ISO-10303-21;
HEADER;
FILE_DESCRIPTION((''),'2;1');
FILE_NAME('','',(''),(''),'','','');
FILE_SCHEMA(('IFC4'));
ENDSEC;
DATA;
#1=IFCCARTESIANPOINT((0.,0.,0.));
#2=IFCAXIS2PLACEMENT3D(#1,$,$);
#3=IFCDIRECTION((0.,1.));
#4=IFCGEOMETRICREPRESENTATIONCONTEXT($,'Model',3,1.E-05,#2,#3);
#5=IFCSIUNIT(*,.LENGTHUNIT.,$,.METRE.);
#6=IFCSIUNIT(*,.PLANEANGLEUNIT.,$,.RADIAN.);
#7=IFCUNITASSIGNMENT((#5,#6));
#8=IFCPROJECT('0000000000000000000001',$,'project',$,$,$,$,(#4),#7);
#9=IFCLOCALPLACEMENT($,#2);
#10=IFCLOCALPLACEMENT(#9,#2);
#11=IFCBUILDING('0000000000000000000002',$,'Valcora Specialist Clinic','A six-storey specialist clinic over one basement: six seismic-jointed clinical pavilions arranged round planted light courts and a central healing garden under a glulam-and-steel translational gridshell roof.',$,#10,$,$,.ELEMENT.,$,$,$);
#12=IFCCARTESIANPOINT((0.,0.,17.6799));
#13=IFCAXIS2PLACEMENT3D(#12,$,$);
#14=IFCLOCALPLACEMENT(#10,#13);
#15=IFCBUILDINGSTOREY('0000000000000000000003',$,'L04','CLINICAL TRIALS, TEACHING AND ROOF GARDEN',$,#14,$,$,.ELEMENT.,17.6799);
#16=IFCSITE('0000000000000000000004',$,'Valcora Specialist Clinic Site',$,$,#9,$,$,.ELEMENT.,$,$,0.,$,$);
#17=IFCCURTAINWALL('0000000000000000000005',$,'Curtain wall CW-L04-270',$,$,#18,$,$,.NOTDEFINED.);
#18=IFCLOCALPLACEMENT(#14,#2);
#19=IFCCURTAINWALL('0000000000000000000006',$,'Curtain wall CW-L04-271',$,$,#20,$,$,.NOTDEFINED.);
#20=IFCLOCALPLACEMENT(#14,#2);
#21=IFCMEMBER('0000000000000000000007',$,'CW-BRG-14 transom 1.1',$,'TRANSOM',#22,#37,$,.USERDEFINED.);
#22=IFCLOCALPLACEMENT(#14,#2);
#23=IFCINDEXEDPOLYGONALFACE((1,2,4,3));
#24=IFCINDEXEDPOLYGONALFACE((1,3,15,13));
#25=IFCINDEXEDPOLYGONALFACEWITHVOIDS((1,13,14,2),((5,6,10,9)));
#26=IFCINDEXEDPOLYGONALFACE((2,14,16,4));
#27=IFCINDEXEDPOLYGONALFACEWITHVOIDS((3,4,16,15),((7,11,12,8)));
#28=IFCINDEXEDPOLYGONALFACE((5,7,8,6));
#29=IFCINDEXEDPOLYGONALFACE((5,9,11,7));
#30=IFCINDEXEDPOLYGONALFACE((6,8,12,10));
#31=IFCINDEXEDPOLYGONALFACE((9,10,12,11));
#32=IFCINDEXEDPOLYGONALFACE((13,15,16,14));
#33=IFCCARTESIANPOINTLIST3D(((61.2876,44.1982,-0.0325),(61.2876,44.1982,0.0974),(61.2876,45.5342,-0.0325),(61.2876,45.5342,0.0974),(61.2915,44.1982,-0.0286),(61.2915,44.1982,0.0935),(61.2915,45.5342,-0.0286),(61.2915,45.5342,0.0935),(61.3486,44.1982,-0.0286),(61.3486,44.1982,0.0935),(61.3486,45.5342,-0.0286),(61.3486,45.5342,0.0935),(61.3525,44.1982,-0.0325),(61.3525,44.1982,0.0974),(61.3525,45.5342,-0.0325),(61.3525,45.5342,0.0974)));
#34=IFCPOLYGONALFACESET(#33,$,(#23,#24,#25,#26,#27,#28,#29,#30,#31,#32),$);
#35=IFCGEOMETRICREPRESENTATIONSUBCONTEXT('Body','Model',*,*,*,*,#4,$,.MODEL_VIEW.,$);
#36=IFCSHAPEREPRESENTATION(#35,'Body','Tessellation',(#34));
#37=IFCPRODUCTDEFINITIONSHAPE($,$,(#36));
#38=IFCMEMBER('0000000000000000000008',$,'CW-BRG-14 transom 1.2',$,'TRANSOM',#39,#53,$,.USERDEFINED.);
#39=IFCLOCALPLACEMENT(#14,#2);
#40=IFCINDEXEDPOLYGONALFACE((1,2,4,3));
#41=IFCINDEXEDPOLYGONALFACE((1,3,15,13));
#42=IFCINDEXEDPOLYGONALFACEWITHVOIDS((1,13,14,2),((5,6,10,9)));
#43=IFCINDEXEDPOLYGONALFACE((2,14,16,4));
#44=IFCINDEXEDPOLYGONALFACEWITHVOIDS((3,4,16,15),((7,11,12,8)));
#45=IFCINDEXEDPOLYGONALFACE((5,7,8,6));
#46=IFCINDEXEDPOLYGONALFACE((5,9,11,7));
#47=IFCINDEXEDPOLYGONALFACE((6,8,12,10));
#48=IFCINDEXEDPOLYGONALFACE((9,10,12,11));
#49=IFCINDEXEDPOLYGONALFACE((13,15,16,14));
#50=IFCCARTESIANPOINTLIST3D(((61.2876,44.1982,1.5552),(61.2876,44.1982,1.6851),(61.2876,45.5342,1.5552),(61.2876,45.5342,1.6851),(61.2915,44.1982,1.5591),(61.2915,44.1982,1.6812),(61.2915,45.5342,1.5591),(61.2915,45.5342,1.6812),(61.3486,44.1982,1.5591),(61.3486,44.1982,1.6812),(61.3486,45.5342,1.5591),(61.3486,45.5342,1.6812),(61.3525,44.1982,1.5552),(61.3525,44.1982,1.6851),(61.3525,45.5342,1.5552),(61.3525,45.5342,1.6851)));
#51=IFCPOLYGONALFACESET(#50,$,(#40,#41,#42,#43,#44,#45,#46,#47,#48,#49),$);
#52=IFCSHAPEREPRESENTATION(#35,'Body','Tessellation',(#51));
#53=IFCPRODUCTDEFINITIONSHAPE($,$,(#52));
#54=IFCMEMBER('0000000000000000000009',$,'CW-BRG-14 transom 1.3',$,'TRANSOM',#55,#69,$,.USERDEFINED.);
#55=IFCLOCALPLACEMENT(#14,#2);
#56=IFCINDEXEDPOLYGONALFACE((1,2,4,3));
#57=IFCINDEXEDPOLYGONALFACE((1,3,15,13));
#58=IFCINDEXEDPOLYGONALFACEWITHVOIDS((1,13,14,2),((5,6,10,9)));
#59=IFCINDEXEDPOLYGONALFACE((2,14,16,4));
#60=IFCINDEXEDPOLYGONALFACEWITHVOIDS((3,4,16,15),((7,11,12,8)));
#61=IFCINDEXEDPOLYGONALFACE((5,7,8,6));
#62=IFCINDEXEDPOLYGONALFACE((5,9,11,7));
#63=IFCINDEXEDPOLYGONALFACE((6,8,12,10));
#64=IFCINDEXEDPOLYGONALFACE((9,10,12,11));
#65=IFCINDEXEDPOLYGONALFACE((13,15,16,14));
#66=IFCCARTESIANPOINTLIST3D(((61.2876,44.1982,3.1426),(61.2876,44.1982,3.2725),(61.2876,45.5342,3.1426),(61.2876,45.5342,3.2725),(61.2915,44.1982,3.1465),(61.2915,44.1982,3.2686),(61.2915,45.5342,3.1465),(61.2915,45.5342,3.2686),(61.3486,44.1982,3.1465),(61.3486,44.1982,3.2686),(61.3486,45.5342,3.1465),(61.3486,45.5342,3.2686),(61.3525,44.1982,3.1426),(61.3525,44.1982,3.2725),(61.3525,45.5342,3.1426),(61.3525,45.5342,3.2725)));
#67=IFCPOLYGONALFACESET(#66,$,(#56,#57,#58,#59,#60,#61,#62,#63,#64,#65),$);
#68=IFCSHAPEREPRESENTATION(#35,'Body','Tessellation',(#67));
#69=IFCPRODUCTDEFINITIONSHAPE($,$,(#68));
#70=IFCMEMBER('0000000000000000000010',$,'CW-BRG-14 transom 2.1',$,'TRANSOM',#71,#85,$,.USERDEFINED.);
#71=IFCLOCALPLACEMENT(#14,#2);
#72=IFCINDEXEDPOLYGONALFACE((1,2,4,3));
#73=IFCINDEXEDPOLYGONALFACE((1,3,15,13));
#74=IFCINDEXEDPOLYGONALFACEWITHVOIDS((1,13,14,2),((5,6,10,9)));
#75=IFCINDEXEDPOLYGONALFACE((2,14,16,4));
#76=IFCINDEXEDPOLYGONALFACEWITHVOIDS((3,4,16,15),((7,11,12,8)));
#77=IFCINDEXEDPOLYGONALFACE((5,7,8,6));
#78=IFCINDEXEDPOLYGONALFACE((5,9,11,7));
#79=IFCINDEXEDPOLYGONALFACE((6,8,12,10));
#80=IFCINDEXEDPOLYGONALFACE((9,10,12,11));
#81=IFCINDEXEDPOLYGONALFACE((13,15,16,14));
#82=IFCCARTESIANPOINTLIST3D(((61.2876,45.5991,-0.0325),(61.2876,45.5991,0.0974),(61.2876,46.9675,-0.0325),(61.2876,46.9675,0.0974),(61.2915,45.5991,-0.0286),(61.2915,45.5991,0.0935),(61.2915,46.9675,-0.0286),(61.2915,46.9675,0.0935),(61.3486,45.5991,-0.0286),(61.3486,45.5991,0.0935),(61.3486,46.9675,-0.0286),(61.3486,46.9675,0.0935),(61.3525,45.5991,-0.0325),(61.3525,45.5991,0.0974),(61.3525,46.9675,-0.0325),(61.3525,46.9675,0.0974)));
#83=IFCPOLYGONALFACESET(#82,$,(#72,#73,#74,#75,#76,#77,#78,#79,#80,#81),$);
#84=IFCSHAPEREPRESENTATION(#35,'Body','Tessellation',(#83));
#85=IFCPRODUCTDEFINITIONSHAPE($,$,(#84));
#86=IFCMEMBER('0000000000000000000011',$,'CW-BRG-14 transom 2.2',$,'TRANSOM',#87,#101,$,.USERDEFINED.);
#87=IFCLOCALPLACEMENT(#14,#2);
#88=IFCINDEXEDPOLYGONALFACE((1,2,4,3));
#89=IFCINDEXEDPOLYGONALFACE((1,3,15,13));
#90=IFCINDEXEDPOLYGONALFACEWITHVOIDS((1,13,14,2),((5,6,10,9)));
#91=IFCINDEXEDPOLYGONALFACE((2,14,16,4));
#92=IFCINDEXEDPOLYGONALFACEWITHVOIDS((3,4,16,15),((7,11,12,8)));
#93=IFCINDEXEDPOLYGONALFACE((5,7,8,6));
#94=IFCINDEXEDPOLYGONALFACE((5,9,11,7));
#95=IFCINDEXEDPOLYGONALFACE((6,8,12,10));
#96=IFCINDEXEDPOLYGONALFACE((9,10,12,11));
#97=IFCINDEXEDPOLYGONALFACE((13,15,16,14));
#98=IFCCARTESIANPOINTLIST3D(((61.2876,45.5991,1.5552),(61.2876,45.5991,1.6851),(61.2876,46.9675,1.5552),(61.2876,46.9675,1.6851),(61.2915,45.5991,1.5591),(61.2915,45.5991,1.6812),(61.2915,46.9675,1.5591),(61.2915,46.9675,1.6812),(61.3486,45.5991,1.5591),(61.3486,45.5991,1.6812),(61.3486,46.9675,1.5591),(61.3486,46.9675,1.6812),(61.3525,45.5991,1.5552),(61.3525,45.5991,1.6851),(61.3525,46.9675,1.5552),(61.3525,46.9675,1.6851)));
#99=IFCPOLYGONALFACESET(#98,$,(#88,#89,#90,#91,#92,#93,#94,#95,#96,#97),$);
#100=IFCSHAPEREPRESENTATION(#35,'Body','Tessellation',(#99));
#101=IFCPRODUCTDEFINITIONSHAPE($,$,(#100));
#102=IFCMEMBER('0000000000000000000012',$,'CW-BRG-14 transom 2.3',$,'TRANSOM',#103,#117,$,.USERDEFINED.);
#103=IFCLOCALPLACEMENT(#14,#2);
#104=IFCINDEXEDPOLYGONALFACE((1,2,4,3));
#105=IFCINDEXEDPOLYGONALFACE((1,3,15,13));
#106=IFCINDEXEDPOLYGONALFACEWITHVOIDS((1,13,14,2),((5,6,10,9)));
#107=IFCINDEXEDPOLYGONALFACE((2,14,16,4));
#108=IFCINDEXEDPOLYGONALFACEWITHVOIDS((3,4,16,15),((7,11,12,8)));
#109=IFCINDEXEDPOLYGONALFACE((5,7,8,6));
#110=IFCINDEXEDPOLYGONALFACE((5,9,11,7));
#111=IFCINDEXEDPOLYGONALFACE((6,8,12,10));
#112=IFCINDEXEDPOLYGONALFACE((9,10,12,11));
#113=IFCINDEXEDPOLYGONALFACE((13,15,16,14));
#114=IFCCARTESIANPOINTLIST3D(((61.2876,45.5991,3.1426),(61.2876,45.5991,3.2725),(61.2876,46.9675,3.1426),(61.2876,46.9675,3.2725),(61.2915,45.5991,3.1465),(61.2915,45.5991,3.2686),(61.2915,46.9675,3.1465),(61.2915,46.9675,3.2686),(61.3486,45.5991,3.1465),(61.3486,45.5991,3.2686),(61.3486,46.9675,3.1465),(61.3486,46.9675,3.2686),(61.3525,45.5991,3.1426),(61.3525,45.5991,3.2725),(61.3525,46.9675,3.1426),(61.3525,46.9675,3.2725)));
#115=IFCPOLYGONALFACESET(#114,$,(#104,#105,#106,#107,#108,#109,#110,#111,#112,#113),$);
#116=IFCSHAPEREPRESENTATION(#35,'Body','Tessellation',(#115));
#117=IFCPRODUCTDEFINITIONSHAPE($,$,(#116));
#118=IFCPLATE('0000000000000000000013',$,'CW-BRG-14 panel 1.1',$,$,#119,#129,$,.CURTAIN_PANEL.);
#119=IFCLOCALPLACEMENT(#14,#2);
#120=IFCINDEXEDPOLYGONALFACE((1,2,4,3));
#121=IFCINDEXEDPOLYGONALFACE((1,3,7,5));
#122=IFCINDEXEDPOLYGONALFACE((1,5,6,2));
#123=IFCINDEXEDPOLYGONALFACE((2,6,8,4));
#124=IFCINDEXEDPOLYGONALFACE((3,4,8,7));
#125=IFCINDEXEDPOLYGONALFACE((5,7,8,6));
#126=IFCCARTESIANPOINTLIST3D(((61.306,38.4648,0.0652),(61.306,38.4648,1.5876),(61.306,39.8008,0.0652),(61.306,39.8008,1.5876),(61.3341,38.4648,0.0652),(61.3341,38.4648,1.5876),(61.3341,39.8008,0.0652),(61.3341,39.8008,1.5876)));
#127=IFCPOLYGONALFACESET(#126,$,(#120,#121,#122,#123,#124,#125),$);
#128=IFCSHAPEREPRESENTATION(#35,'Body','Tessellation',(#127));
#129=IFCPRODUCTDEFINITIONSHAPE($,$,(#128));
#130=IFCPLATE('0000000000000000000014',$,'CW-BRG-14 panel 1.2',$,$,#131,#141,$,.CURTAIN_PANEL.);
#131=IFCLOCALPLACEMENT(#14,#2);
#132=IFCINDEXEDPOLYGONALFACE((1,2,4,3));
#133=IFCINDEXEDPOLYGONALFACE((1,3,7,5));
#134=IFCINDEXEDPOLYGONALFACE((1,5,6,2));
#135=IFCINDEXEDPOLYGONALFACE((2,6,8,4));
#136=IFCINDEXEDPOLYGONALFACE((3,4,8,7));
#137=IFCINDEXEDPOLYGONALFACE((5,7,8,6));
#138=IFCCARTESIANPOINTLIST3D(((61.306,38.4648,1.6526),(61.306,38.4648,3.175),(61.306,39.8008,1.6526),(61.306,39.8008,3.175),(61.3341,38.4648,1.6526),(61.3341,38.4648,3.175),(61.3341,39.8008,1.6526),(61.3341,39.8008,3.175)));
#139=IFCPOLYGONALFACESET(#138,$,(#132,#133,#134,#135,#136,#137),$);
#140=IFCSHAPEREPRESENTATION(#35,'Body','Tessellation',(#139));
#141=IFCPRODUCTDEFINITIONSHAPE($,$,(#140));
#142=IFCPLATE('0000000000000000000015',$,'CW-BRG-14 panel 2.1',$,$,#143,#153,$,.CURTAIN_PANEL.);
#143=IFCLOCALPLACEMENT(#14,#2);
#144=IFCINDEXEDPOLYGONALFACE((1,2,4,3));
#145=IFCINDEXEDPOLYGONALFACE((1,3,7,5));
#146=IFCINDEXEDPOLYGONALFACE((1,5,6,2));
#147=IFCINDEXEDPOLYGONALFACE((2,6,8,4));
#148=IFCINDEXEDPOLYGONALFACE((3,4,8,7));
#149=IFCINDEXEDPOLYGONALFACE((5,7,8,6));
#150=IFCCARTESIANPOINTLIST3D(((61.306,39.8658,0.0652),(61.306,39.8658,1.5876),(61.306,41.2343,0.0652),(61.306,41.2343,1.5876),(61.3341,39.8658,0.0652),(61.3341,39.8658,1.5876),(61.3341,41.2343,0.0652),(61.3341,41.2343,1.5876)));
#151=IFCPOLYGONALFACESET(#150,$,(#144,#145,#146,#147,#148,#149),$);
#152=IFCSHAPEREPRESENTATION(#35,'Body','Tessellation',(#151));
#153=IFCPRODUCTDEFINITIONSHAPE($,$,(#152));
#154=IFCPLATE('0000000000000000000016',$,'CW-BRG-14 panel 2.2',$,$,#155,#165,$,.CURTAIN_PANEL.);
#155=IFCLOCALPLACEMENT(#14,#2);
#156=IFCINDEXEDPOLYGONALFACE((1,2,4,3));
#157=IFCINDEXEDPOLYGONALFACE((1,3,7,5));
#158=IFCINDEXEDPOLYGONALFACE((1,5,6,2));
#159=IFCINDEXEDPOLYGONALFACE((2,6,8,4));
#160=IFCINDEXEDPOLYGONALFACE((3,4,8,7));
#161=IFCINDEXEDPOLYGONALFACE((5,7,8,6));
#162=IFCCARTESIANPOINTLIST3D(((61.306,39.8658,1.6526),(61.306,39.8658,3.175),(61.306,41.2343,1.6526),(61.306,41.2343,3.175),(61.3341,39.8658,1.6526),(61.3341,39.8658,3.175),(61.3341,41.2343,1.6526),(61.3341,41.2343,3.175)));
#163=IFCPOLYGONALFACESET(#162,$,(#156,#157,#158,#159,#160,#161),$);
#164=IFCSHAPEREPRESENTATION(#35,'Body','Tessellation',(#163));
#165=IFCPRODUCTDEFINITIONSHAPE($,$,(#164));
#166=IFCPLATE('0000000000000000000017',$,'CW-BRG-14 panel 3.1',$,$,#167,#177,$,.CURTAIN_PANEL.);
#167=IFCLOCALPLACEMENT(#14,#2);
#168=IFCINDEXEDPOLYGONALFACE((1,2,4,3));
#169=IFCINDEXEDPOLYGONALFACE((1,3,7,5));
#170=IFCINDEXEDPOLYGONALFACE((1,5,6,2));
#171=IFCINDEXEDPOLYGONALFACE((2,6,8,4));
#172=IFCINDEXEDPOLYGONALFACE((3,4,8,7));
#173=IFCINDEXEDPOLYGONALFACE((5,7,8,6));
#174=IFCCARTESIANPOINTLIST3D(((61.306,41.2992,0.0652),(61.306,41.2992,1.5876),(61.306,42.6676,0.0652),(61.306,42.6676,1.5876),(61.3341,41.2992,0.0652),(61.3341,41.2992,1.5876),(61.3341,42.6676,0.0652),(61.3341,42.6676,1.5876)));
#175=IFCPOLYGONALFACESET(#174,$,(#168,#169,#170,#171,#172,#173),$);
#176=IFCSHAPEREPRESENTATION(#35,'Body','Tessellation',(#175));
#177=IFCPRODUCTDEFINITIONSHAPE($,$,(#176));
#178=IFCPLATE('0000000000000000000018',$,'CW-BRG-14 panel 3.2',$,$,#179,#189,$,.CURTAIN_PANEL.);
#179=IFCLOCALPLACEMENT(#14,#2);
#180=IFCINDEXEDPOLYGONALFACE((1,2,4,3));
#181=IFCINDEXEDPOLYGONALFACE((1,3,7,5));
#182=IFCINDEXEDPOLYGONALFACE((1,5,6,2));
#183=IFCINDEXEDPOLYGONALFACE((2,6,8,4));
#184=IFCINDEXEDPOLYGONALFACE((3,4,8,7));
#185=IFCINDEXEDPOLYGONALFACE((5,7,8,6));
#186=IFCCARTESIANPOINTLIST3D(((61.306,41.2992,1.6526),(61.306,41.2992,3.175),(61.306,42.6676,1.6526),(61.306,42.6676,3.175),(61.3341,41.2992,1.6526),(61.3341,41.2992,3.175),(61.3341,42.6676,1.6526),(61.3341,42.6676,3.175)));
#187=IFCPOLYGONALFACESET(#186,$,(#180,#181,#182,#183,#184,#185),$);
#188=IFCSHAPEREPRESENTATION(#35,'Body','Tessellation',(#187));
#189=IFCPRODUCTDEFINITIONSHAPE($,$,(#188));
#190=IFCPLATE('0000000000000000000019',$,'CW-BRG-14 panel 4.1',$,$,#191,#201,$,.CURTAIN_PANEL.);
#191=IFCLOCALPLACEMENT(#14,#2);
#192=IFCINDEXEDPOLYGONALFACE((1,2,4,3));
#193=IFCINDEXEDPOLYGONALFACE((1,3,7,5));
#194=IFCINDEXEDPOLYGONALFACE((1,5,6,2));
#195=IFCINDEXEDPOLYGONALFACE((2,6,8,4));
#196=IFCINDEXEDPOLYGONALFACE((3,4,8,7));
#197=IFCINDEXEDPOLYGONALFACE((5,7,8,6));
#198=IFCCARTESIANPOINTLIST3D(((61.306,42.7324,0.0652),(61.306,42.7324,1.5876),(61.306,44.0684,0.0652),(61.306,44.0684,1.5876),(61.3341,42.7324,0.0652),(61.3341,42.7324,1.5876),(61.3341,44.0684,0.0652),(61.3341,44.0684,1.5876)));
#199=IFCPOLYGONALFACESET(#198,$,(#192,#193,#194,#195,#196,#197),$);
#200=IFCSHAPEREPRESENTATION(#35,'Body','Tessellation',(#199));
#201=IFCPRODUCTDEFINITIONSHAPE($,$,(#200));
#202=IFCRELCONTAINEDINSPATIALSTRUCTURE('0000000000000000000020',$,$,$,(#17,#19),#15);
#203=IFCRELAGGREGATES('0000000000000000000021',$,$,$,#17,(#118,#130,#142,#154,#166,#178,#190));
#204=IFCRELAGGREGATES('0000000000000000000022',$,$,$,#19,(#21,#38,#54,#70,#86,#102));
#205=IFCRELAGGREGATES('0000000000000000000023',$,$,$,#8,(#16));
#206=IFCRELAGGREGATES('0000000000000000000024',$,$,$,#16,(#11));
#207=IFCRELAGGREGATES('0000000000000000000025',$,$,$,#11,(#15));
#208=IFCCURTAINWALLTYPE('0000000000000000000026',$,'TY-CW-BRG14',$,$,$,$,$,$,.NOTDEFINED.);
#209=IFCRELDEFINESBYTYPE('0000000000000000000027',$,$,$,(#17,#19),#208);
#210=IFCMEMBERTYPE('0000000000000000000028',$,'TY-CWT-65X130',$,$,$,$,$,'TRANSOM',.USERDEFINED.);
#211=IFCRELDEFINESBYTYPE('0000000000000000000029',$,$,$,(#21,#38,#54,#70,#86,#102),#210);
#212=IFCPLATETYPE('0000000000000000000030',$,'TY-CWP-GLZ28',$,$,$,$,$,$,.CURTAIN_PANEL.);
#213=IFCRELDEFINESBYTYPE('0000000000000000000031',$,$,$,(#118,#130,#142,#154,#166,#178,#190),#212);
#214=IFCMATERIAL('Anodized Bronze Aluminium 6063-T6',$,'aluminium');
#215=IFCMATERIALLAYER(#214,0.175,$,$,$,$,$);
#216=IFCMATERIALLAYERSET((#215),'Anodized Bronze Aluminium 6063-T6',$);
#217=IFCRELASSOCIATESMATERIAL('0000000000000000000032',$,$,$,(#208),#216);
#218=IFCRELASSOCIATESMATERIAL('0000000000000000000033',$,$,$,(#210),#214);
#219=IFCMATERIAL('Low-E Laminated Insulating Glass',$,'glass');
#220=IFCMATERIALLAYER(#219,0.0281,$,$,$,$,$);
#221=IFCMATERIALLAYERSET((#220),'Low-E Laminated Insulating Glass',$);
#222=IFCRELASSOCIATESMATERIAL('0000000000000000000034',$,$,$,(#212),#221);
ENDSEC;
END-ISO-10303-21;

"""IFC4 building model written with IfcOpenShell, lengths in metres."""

from ifc_helpers import new_model, si_unit, direction, frame, origin, origin_2d, place, context, subcontext, project, spatial, rectangle, hollow_rectangle, extrude, material, layer, layer_set, material_profile, profile_set, type_object, element, aggregate, save


model = new_model("IFC4")

# Units and contexts
model_context = context("Model", 3, precision=1e-05, world=origin(), true_north=direction((0.0, 1.0)))
body_context = subcontext(model_context, "Body", "Model", "MODEL_VIEW")
ifc_project = project(units=[si_unit("LENGTHUNIT", "METRE"), si_unit("PLANEANGLEUNIT", "RADIAN")], contexts=[model_context])

# Site, building, storey
site_placement = place(None, origin())
site = spatial("IfcSite", under=ifc_project, at=site_placement, Name="Valcora Specialist Clinic Site", CompositionType="ELEMENT", RefElevation=0.0)
building_placement = place(site_placement, origin())
building = spatial("IfcBuilding", under=site, at=building_placement, Name="Valcora Specialist Clinic", Description="A six-storey specialist clinic over one basement: six seismic-jointed clinical pavilions arranged round planted light courts and a central healing garden under a glulam-and-steel translational gridshell roof.", CompositionType="ELEMENT")
storey_placement = place(building_placement, frame((0.0, 0.0, 17.6799)))
storey = spatial("IfcBuildingStorey", under=building, at=storey_placement, Name="L04", Description="CLINICAL TRIALS, TEACHING AND ROOF GARDEN", CompositionType="ELEMENT", Elevation=17.6799)

# Curtain walls
ifc_material_1 = material(Name="Anodized Bronze Aluminium 6063-T6", Category="aluminium")
ifc_layer_1 = layer(ifc_material_1, 0.175)
ifc_layer_set_1 = layer_set([ifc_layer_1], Name="Anodized Bronze Aluminium 6063-T6")
curtain_wall_type = type_object("IfcCurtainWallType", Name="TY-CW-BRG14", PredefinedType="NOTDEFINED", material=ifc_layer_set_1)
curtain_wall_1_placement = place(storey_placement, origin())
curtain_wall_1 = element("IfcCurtainWall", 1, at=curtain_wall_1_placement, inside=storey, type_object=curtain_wall_type, Name="Curtain wall CW-L04-270", PredefinedType="NOTDEFINED")
curtain_wall_2_placement = place(storey_placement, origin())
curtain_wall_2 = element("IfcCurtainWall", 2, at=curtain_wall_2_placement, inside=storey, type_object=curtain_wall_type, Name="Curtain wall CW-L04-271", PredefinedType="NOTDEFINED")

# Members
ifc_material_profile_1 = material_profile(ifc_material_1, hollow_rectangle(XDim=0.0649, YDim=0.1299, WallThickness=0.0039, at=origin_2d()), Name="AL-TRN-65X130")
ifc_profile_set_1 = profile_set([ifc_material_profile_1], Name="Anodized Bronze Aluminium 6063-T6")
member_type_1 = type_object("IfcMemberType", Name="TY-CWT-65X130", ElementType="TRANSOM", PredefinedType="USERDEFINED", material=ifc_profile_set_1)
member_1_placement = place(storey_placement, frame((61.3201, 44.1982, 0.0325), z_axis=(0.0, 1.0, 0.0), x_axis=(-1.0, 0.0, 0.0)))
member_1 = element("IfcMember", 3, at=member_1_placement, type_object=member_type_1, Name="CW-BRG-14 transom 1.1", ObjectType="TRANSOM", PredefinedType="USERDEFINED", context=body_context, shape_type="SweptSolid", body=[
    extrude(hollow_rectangle(XDim=0.0649, YDim=0.1299, WallThickness=0.0039, at=origin_2d()), origin(), (0.0, 0.0, 1.0), 1.3359),
])
member_2_placement = place(storey_placement, frame((61.3201, 44.1982, 1.6201), z_axis=(0.0, 1.0, 0.0), x_axis=(-1.0, 0.0, 0.0)))
member_2 = element("IfcMember", 4, at=member_2_placement, type_object=member_type_1, Name="CW-BRG-14 transom 1.2", ObjectType="TRANSOM", PredefinedType="USERDEFINED", context=body_context, shape_type="SweptSolid", body=[
    extrude(hollow_rectangle(XDim=0.0649, YDim=0.1299, WallThickness=0.0039, at=origin_2d()), origin(), (0.0, 0.0, 1.0), 1.3359),
])
member_3_placement = place(storey_placement, frame((61.3201, 44.1982, 3.2075), z_axis=(0.0, 1.0, 0.0), x_axis=(-1.0, 0.0, 0.0)))
member_3 = element("IfcMember", 5, at=member_3_placement, type_object=member_type_1, Name="CW-BRG-14 transom 1.3", ObjectType="TRANSOM", PredefinedType="USERDEFINED", context=body_context, shape_type="SweptSolid", body=[
    extrude(hollow_rectangle(XDim=0.0649, YDim=0.1299, WallThickness=0.0039, at=origin_2d()), origin(), (0.0, 0.0, 1.0), 1.3359),
])
member_4_placement = place(storey_placement, frame((61.3201, 45.5991, 0.0325), z_axis=(0.0, 1.0, 0.0), x_axis=(-1.0, 0.0, 0.0)))
member_4 = element("IfcMember", 6, at=member_4_placement, type_object=member_type_1, Name="CW-BRG-14 transom 2.1", ObjectType="TRANSOM", PredefinedType="USERDEFINED", context=body_context, shape_type="SweptSolid", body=[
    extrude(hollow_rectangle(XDim=0.0649, YDim=0.1299, WallThickness=0.0039, at=origin_2d()), origin(), (0.0, 0.0, 1.0), 1.3684),
])
member_5_placement = place(storey_placement, frame((61.3201, 45.5991, 1.6201), z_axis=(0.0, 1.0, 0.0), x_axis=(-1.0, 0.0, 0.0)))
member_5 = element("IfcMember", 7, at=member_5_placement, type_object=member_type_1, Name="CW-BRG-14 transom 2.2", ObjectType="TRANSOM", PredefinedType="USERDEFINED", context=body_context, shape_type="SweptSolid", body=[
    extrude(hollow_rectangle(XDim=0.0649, YDim=0.1299, WallThickness=0.0039, at=origin_2d()), origin(), (0.0, 0.0, 1.0), 1.3684),
])
member_6_placement = place(storey_placement, frame((61.3201, 45.5991, 3.2075), z_axis=(0.0, 1.0, 0.0), x_axis=(-1.0, 0.0, 0.0)))
member_6 = element("IfcMember", 8, at=member_6_placement, type_object=member_type_1, Name="CW-BRG-14 transom 2.3", ObjectType="TRANSOM", PredefinedType="USERDEFINED", context=body_context, shape_type="SweptSolid", body=[
    extrude(hollow_rectangle(XDim=0.0649, YDim=0.1299, WallThickness=0.0039, at=origin_2d()), origin(), (0.0, 0.0, 1.0), 1.3684),
])

# Plates
ifc_material_2 = material(Name="Low-E Laminated Insulating Glass", Category="glass")
ifc_layer_2 = layer(ifc_material_2, 0.0281)
ifc_layer_set_2 = layer_set([ifc_layer_2], Name="Low-E Laminated Insulating Glass")
plate_type_1 = type_object("IfcPlateType", Name="TY-CWP-GLZ28", PredefinedType="CURTAIN_PANEL", material=ifc_layer_set_2)
plate_1_placement = place(storey_placement, frame((61.3201, 39.1328, 0.0652), z_axis=(0.0, 0.0, 1.0), x_axis=(0.0, 1.0, 0.0)))
plate_1 = element("IfcPlate", 9, at=plate_1_placement, type_object=plate_type_1, Name="CW-BRG-14 panel 1.1", PredefinedType="CURTAIN_PANEL", context=body_context, shape_type="SweptSolid", body=[
    extrude(rectangle(XDim=1.3359, YDim=0.0281, at=origin_2d()), origin(), (0.0, 0.0, 1.0), 1.5225),
])
plate_2_placement = place(storey_placement, frame((61.3201, 39.1328, 1.6526), z_axis=(0.0, 0.0, 1.0), x_axis=(0.0, 1.0, 0.0)))
plate_2 = element("IfcPlate", 10, at=plate_2_placement, type_object=plate_type_1, Name="CW-BRG-14 panel 1.2", PredefinedType="CURTAIN_PANEL", context=body_context, shape_type="SweptSolid", body=[
    extrude(rectangle(XDim=1.3359, YDim=0.0281, at=origin_2d()), origin(), (0.0, 0.0, 1.0), 1.5225),
])
plate_3_placement = place(storey_placement, frame((61.3201, 40.55, 0.0652), z_axis=(0.0, 0.0, 1.0), x_axis=(0.0, 1.0, 0.0)))
plate_3 = element("IfcPlate", 11, at=plate_3_placement, type_object=plate_type_1, Name="CW-BRG-14 panel 2.1", PredefinedType="CURTAIN_PANEL", context=body_context, shape_type="SweptSolid", body=[
    extrude(rectangle(XDim=1.3684, YDim=0.0281, at=origin_2d()), origin(), (0.0, 0.0, 1.0), 1.5225),
])
plate_4_placement = place(storey_placement, frame((61.3201, 40.55, 1.6526), z_axis=(0.0, 0.0, 1.0), x_axis=(0.0, 1.0, 0.0)))
plate_4 = element("IfcPlate", 12, at=plate_4_placement, type_object=plate_type_1, Name="CW-BRG-14 panel 2.2", PredefinedType="CURTAIN_PANEL", context=body_context, shape_type="SweptSolid", body=[
    extrude(rectangle(XDim=1.3684, YDim=0.0281, at=origin_2d()), origin(), (0.0, 0.0, 1.0), 1.5225),
])
plate_5_placement = place(storey_placement, frame((61.3201, 41.9834, 0.0652), z_axis=(0.0, 0.0, 1.0), x_axis=(0.0, 1.0, 0.0)))
plate_5 = element("IfcPlate", 13, at=plate_5_placement, type_object=plate_type_1, Name="CW-BRG-14 panel 3.1", PredefinedType="CURTAIN_PANEL", context=body_context, shape_type="SweptSolid", body=[
    extrude(rectangle(XDim=1.3684, YDim=0.0281, at=origin_2d()), origin(), (0.0, 0.0, 1.0), 1.5225),
])
plate_6_placement = place(storey_placement, frame((61.3201, 41.9834, 1.6526), z_axis=(0.0, 0.0, 1.0), x_axis=(0.0, 1.0, 0.0)))
plate_6 = element("IfcPlate", 14, at=plate_6_placement, type_object=plate_type_1, Name="CW-BRG-14 panel 3.2", PredefinedType="CURTAIN_PANEL", context=body_context, shape_type="SweptSolid", body=[
    extrude(rectangle(XDim=1.3684, YDim=0.0281, at=origin_2d()), origin(), (0.0, 0.0, 1.0), 1.5225),
])
plate_7_placement = place(storey_placement, frame((61.3201, 43.4004, 0.0652), z_axis=(0.0, 0.0, 1.0), x_axis=(0.0, 1.0, 0.0)))
plate_7 = element("IfcPlate", 15, at=plate_7_placement, type_object=plate_type_1, Name="CW-BRG-14 panel 4.1", PredefinedType="CURTAIN_PANEL", context=body_context, shape_type="SweptSolid", body=[
    extrude(rectangle(XDim=1.3359, YDim=0.0281, at=origin_2d()), origin(), (0.0, 0.0, 1.0), 1.5225),
])
aggregate(curtain_wall_1, [plate_1, plate_2, plate_3, plate_4, plate_5, plate_6, plate_7])
aggregate(curtain_wall_2, [member_1, member_2, member_3, member_4, member_5, member_6])

save(model, "model.ifc")
